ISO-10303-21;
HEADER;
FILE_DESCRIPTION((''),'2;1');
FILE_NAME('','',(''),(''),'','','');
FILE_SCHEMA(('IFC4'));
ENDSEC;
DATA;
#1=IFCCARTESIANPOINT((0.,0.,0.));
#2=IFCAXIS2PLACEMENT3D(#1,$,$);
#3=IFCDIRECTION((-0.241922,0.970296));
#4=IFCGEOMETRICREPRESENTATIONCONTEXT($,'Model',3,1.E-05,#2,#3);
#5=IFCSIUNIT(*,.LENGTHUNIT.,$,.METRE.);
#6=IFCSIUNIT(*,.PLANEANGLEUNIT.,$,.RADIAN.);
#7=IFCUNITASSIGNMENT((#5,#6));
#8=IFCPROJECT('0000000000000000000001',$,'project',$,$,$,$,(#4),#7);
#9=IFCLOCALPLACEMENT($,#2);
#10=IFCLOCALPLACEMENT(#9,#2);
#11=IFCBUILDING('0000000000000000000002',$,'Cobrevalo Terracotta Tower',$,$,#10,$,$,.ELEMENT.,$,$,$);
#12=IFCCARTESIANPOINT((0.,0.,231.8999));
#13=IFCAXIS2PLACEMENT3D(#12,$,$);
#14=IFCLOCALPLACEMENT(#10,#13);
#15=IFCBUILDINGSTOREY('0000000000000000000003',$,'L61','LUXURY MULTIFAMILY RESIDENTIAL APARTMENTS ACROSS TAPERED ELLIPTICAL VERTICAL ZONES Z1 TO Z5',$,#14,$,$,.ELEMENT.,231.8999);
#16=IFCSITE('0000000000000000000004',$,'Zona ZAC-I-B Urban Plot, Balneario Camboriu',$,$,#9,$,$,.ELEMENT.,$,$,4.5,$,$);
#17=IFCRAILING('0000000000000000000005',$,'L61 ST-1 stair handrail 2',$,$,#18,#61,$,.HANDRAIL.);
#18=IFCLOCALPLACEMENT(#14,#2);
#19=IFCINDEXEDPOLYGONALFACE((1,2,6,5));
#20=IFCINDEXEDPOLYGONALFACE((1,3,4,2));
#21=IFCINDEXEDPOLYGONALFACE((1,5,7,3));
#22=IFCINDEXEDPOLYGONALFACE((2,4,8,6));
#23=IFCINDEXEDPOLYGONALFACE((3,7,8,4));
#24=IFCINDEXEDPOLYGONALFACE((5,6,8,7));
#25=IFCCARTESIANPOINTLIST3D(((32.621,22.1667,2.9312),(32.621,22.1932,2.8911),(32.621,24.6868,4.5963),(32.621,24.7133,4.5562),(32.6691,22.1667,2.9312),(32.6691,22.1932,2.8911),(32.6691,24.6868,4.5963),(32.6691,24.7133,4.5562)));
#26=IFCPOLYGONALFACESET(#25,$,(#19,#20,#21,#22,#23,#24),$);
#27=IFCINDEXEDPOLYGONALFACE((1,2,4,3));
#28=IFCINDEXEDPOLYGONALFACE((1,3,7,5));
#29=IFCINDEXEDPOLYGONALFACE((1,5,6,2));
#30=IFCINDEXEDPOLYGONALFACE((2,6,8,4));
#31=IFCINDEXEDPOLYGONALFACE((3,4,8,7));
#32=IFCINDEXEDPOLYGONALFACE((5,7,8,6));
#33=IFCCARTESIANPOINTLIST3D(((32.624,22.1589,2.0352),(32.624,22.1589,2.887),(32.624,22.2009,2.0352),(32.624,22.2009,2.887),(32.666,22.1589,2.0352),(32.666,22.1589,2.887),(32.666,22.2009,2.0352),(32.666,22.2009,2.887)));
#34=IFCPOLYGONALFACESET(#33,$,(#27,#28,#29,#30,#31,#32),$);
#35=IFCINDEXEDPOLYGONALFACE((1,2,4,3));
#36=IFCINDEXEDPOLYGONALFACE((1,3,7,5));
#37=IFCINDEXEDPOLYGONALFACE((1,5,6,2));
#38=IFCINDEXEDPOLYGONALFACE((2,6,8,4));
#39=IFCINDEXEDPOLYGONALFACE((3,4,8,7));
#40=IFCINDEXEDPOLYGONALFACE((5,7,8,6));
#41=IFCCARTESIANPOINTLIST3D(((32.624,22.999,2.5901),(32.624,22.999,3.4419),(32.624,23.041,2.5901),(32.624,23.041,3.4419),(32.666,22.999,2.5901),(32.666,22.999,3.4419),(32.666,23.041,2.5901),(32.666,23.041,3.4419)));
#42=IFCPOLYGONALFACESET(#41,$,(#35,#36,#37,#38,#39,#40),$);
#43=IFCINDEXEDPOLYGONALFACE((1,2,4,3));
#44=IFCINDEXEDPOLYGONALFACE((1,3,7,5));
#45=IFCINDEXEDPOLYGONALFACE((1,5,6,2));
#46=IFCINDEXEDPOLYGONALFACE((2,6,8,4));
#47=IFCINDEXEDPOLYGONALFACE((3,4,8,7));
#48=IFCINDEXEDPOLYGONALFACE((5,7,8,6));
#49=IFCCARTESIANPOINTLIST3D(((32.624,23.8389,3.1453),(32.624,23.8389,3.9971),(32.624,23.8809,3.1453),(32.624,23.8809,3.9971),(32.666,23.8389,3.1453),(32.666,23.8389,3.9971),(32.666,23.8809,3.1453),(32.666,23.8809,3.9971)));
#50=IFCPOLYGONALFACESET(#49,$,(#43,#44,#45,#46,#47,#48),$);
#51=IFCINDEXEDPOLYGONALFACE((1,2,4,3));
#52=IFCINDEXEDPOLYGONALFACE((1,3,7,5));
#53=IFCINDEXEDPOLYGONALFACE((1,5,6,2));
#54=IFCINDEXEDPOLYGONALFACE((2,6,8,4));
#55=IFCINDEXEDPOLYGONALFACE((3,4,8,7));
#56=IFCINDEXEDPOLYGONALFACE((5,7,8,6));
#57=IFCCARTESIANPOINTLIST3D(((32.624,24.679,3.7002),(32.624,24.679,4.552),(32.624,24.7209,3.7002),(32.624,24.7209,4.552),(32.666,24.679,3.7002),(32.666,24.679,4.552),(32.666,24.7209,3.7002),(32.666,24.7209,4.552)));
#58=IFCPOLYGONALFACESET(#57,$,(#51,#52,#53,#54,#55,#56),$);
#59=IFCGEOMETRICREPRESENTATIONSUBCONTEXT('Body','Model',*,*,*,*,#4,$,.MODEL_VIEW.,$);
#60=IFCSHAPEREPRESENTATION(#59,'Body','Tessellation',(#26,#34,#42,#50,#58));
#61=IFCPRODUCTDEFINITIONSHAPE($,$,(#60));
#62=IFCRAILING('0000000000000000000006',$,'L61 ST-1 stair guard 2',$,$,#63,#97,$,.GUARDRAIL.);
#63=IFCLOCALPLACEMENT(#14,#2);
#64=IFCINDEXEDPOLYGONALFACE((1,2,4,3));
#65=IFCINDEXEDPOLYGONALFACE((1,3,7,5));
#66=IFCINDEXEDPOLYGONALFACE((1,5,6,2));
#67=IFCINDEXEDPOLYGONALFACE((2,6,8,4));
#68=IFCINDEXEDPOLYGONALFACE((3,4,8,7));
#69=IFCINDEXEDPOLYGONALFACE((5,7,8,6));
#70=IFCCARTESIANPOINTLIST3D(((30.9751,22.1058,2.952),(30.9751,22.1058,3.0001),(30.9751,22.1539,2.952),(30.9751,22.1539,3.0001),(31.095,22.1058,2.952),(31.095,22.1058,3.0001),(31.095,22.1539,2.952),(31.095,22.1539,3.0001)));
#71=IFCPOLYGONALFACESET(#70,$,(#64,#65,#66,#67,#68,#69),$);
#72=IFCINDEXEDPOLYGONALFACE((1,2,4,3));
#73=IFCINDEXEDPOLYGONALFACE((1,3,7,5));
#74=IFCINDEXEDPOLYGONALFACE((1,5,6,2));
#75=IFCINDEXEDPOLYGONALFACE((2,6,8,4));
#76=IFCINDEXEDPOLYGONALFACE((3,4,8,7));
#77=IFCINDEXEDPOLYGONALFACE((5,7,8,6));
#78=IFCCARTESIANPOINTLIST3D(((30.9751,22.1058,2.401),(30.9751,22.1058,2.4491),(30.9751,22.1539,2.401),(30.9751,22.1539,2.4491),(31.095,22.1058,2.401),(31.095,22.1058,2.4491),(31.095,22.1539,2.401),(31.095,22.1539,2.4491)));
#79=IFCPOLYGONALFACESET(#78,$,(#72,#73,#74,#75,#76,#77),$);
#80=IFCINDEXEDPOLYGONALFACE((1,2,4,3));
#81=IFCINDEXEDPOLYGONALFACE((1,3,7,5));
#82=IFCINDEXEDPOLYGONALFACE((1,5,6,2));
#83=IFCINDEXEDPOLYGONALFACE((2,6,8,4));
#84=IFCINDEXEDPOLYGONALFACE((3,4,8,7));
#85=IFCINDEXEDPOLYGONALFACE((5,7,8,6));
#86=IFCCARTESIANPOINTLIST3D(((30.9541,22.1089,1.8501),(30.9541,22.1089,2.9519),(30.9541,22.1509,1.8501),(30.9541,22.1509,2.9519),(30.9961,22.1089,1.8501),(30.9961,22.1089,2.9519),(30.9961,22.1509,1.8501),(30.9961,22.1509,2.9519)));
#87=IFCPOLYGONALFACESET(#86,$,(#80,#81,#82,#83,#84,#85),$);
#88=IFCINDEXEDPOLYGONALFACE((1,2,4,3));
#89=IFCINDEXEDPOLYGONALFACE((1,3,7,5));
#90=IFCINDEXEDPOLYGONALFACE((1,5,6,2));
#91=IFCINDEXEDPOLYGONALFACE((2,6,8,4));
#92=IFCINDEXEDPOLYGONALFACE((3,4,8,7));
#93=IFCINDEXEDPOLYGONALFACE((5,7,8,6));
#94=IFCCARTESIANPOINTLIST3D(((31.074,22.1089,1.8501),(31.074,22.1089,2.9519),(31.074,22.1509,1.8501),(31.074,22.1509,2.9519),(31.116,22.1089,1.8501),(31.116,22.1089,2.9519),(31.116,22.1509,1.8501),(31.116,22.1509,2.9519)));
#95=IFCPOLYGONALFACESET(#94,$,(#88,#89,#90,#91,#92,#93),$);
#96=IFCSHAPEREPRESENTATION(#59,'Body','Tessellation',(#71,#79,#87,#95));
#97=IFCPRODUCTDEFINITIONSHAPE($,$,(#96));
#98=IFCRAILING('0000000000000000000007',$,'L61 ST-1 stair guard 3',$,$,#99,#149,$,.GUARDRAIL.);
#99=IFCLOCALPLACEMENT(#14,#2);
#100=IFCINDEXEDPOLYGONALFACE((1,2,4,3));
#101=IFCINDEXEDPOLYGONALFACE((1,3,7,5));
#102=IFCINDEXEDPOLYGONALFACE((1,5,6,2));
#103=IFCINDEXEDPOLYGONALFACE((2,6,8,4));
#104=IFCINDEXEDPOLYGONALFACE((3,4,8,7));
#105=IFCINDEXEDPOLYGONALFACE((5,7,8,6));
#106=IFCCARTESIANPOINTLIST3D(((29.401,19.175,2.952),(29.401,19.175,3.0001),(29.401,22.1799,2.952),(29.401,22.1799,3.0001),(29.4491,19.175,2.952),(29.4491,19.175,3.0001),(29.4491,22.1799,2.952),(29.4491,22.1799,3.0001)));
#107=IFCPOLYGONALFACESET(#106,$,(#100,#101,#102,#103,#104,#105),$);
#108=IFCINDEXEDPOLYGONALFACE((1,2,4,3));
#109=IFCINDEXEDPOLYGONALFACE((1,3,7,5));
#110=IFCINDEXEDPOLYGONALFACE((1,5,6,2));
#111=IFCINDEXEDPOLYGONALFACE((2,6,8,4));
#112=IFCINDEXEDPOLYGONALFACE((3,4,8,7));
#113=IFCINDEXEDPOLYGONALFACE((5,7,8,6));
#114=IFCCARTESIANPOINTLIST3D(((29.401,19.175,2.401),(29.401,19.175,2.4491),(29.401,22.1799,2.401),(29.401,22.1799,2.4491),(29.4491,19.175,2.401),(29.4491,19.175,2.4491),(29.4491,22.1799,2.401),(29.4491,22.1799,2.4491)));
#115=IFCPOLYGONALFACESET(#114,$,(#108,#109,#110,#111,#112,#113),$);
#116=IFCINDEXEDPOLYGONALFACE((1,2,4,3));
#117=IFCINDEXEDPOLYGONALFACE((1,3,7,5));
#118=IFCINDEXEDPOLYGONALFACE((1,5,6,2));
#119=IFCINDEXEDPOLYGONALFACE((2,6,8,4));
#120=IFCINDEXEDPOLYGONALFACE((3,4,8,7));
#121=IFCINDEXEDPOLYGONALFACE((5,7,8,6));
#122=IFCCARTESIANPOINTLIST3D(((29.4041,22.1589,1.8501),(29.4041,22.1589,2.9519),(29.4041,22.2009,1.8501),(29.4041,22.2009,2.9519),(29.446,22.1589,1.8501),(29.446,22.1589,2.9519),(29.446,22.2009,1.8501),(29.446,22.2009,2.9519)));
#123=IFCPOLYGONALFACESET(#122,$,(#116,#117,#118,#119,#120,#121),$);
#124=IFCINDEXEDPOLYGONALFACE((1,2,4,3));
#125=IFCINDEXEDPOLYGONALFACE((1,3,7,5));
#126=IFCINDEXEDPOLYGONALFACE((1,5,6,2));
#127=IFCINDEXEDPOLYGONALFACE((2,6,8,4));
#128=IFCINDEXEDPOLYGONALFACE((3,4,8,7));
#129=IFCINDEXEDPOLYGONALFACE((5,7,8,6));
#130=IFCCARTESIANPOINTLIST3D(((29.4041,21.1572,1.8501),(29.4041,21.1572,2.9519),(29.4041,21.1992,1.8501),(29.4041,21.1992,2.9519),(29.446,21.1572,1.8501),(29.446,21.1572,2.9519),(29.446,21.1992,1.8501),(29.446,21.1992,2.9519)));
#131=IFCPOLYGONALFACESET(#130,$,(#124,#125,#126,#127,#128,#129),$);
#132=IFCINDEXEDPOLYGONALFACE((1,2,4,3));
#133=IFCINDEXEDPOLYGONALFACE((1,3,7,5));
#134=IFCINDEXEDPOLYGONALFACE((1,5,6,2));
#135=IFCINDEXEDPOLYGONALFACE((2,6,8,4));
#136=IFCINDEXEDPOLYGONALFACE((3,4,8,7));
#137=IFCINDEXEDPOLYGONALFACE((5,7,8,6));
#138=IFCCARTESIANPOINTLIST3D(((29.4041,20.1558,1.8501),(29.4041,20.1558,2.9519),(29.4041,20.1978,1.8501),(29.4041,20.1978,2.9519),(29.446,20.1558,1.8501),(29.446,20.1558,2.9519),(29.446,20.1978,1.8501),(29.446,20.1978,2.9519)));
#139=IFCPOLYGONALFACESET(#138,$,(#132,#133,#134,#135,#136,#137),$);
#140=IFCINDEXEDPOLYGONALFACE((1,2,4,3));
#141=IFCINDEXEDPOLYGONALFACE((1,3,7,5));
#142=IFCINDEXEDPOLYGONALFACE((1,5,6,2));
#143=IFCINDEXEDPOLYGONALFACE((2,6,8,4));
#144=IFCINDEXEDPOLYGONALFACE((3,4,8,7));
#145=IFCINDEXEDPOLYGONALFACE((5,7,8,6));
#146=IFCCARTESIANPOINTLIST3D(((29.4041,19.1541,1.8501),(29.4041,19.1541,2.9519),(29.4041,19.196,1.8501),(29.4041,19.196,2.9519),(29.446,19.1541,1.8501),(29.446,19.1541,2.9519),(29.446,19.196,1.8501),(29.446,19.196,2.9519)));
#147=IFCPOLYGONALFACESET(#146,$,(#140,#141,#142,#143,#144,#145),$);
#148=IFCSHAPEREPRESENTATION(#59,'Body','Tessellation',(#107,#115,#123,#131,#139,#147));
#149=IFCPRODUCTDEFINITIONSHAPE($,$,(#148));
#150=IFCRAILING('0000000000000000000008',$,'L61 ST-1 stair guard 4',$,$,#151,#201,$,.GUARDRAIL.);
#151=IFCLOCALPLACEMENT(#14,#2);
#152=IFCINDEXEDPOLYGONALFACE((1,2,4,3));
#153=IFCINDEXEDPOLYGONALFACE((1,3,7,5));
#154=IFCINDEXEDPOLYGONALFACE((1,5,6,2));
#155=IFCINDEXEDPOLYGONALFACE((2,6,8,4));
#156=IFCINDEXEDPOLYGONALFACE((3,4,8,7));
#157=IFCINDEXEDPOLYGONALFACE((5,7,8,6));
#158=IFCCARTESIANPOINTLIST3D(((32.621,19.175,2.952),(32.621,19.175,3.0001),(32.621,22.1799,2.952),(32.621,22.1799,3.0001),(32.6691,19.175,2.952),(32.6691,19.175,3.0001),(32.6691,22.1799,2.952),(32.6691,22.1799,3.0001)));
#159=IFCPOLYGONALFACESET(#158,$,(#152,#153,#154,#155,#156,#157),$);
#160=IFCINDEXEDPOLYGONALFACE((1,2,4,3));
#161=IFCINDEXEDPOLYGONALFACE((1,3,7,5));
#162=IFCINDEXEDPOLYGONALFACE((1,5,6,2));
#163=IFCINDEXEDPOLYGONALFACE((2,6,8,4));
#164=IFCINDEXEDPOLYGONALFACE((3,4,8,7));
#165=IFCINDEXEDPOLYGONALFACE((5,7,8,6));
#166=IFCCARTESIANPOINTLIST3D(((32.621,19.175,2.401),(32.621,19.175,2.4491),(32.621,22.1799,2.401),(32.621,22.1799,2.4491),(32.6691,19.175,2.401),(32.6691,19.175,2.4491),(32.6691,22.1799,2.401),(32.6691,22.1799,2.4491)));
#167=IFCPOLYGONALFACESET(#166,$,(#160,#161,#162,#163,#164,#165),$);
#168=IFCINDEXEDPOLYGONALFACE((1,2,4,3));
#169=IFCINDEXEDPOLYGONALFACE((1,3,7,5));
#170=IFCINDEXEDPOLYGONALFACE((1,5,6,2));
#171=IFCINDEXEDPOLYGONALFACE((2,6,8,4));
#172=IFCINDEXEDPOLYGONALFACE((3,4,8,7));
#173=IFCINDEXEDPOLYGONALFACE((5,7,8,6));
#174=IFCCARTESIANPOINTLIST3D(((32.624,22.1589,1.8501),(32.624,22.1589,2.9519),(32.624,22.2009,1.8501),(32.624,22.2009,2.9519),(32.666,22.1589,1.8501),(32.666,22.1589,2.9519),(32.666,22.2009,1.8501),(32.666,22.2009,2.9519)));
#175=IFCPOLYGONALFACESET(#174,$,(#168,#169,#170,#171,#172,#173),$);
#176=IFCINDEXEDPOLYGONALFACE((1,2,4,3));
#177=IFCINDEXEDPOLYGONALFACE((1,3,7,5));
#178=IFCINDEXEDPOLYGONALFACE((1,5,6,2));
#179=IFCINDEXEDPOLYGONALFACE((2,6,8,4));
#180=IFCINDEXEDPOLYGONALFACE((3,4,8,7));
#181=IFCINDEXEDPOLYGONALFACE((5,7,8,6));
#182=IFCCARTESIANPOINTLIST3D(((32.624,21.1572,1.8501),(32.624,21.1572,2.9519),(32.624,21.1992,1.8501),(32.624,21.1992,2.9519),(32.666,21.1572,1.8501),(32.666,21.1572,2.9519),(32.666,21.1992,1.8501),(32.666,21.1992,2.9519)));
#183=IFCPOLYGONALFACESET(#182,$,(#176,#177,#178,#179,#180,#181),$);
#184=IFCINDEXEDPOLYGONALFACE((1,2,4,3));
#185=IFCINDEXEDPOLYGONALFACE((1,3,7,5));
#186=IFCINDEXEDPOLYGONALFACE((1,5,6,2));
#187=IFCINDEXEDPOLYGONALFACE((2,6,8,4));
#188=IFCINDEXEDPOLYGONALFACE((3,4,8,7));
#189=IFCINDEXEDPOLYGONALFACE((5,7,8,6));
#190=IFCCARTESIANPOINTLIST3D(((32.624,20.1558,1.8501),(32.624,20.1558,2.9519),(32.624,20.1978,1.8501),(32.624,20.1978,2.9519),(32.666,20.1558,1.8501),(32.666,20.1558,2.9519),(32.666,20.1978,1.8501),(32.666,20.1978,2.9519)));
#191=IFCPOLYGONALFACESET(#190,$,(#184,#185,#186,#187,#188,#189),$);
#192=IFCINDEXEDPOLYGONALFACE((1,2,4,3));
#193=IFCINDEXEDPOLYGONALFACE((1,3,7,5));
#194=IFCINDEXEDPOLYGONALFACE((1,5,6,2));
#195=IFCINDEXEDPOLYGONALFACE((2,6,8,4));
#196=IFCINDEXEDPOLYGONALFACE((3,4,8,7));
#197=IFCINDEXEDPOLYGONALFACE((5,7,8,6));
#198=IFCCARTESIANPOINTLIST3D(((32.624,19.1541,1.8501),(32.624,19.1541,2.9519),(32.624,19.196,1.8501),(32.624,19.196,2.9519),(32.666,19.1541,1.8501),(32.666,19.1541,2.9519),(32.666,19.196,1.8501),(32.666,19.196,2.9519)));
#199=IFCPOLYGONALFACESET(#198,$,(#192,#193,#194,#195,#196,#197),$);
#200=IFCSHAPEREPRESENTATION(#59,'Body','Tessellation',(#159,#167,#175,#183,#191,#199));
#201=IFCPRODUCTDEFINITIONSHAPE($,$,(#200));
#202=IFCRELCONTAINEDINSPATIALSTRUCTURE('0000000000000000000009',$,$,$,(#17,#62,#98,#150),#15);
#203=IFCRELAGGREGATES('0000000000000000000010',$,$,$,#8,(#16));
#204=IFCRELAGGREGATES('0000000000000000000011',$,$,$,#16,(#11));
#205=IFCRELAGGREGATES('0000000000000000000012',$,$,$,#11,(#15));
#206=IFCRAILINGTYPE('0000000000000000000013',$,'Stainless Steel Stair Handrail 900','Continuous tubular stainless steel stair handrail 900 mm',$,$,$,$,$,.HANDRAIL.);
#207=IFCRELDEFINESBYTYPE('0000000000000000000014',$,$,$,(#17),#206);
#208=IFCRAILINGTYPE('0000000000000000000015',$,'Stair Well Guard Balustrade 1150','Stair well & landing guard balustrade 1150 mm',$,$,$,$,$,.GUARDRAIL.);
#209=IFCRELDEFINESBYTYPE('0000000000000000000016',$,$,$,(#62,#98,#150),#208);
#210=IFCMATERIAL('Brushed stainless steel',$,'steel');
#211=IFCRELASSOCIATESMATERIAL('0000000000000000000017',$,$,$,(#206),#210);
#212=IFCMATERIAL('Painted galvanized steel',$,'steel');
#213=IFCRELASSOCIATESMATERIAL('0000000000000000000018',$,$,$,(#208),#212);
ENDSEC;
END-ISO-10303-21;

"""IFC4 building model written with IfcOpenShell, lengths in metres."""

from ifc_helpers import new_model, si_unit, direction, frame, origin, origin_2d, place, context, subcontext, project, spatial, rectangle, extrude, material, type_object, element, save


model = new_model("IFC4")

# Units and contexts
model_context = context("Model", 3, precision=1e-05, world=origin(), true_north=direction((-0.241922, 0.970296)))
body_context = subcontext(model_context, "Body", "Model", "MODEL_VIEW")
ifc_project = project(units=[si_unit("LENGTHUNIT", "METRE"), si_unit("PLANEANGLEUNIT", "RADIAN")], contexts=[model_context])

# Site, building, storey
site_placement = place(None, origin())
site = spatial("IfcSite", under=ifc_project, at=site_placement, Name="Zona ZAC-I-B Urban Plot, Balneario Camboriu", CompositionType="ELEMENT", RefElevation=4.5)
building_placement = place(site_placement, origin())
building = spatial("IfcBuilding", under=site, at=building_placement, Name="Cobrevalo Terracotta Tower", CompositionType="ELEMENT")
storey_placement = place(building_placement, frame((0.0, 0.0, 231.8999)))
storey = spatial("IfcBuildingStorey", under=building, at=storey_placement, Name="L61", Description="LUXURY MULTIFAMILY RESIDENTIAL APARTMENTS ACROSS TAPERED ELLIPTICAL VERTICAL ZONES Z1 TO Z5", CompositionType="ELEMENT", Elevation=231.8999)

# Railings
ifc_material_1 = material(Name="Brushed stainless steel", Category="steel")
railing_type_1 = type_object("IfcRailingType", Name="Stainless Steel Stair Handrail 900", Description="Continuous tubular stainless steel stair handrail 900 mm", PredefinedType="HANDRAIL", material=ifc_material_1)
railing_1_placement = place(storey_placement, frame((32.645, 22.1799, 2.0352)))
element("IfcRailing", 1, at=railing_1_placement, inside=storey, type_object=railing_type_1, Name="L61 ST-1 stair handrail 2", PredefinedType="HANDRAIL", context=body_context, shape_type="SweptSolid", body=[
    extrude(rectangle(XDim=0.0481, YDim=0.0481, at=origin_2d()), frame((0.0, 0.0, 0.876), z_axis=(0.0, 0.834331, 0.551263), x_axis=(-1.0, 0.0, 0.0)), (0.0, 0.0, 1.0), 3.0205),
    extrude(rectangle(XDim=0.042, YDim=0.042, at=origin_2d()), origin(), (0.0, 0.0, 1.0), 0.8518),
    extrude(rectangle(XDim=0.042, YDim=0.042, at=origin_2d()), frame((0.0, 0.8401, 0.5549)), (0.0, 0.0, 1.0), 0.8518),
    extrude(rectangle(XDim=0.042, YDim=0.042, at=origin_2d()), frame((0.0, 1.6799, 1.1101)), (0.0, 0.0, 1.0), 0.8518),
    extrude(rectangle(XDim=0.042, YDim=0.042, at=origin_2d()), frame((0.0, 2.52, 1.665)), (0.0, 0.0, 1.0), 0.8518),
])
ifc_material_2 = material(Name="Painted galvanized steel", Category="steel")
railing_type_2 = type_object("IfcRailingType", Name="Stair Well Guard Balustrade 1150", Description="Stair well & landing guard balustrade 1150 mm", PredefinedType="GUARDRAIL", material=ifc_material_2)
railing_2_placement = place(storey_placement, frame((30.9751, 22.1299, 1.8501)))
element("IfcRailing", 2, at=railing_2_placement, inside=storey, type_object=railing_type_2, Name="L61 ST-1 stair guard 2", PredefinedType="GUARDRAIL", context=body_context, shape_type="SweptSolid", body=[
    extrude(rectangle(XDim=0.0481, YDim=0.0481, at=origin_2d()), frame((0.0, 0.0, 1.126), z_axis=(1.0, 0.0, 0.0), x_axis=(0.0, 1.0, 0.0)), (0.0, 0.0, 1.0), 0.1199),
    extrude(rectangle(XDim=0.0481, YDim=0.0481, at=origin_2d()), frame((0.0, 0.0, 0.575), z_axis=(1.0, 0.0, 0.0), x_axis=(0.0, 1.0, 0.0)), (0.0, 0.0, 1.0), 0.1199),
    extrude(rectangle(XDim=0.042, YDim=0.042, at=origin_2d()), origin(), (0.0, 0.0, 1.0), 1.1018),
    extrude(rectangle(XDim=0.042, YDim=0.042, at=origin_2d()), frame((0.1199, 0.0, 0.0)), (0.0, 0.0, 1.0), 1.1018),
])
for number, where, name in (
    (3, (29.425, 22.1799, 1.8501), "L61 ST-1 stair guard 3"),
    (4, (32.645, 22.1799, 1.8501), "L61 ST-1 stair guard 4"),
):
    element("IfcRailing", number, at=place(storey_placement, frame(where)), inside=storey, type_object=railing_type_2, Name=name, PredefinedType="GUARDRAIL", context=body_context, shape_type="SweptSolid", body=[
        extrude(rectangle(XDim=0.0481, YDim=0.0481, at=origin_2d()), frame((0.0, 0.0, 1.126), z_axis=(0.0, -1.0, 0.0), x_axis=(1.0, 0.0, 0.0)), (0.0, 0.0, 1.0), 3.0049),
        extrude(rectangle(XDim=0.0481, YDim=0.0481, at=origin_2d()), frame((0.0, 0.0, 0.575), z_axis=(0.0, -1.0, 0.0), x_axis=(1.0, 0.0, 0.0)), (0.0, 0.0, 1.0), 3.0049),
        extrude(rectangle(XDim=0.042, YDim=0.042, at=origin_2d()), origin(), (0.0, 0.0, 1.0), 1.1018),
        extrude(rectangle(XDim=0.042, YDim=0.042, at=origin_2d()), frame((0.0, -1.0017, 0.0)), (0.0, 0.0, 1.0), 1.1018),
        extrude(rectangle(XDim=0.042, YDim=0.042, at=origin_2d()), frame((0.0, -2.0032, 0.0)), (0.0, 0.0, 1.0), 1.1018),
        extrude(rectangle(XDim=0.042, YDim=0.042, at=origin_2d()), frame((0.0, -3.0049, 0.0)), (0.0, 0.0, 1.0), 1.1018),
    ])

save(model, "model.ifc")
